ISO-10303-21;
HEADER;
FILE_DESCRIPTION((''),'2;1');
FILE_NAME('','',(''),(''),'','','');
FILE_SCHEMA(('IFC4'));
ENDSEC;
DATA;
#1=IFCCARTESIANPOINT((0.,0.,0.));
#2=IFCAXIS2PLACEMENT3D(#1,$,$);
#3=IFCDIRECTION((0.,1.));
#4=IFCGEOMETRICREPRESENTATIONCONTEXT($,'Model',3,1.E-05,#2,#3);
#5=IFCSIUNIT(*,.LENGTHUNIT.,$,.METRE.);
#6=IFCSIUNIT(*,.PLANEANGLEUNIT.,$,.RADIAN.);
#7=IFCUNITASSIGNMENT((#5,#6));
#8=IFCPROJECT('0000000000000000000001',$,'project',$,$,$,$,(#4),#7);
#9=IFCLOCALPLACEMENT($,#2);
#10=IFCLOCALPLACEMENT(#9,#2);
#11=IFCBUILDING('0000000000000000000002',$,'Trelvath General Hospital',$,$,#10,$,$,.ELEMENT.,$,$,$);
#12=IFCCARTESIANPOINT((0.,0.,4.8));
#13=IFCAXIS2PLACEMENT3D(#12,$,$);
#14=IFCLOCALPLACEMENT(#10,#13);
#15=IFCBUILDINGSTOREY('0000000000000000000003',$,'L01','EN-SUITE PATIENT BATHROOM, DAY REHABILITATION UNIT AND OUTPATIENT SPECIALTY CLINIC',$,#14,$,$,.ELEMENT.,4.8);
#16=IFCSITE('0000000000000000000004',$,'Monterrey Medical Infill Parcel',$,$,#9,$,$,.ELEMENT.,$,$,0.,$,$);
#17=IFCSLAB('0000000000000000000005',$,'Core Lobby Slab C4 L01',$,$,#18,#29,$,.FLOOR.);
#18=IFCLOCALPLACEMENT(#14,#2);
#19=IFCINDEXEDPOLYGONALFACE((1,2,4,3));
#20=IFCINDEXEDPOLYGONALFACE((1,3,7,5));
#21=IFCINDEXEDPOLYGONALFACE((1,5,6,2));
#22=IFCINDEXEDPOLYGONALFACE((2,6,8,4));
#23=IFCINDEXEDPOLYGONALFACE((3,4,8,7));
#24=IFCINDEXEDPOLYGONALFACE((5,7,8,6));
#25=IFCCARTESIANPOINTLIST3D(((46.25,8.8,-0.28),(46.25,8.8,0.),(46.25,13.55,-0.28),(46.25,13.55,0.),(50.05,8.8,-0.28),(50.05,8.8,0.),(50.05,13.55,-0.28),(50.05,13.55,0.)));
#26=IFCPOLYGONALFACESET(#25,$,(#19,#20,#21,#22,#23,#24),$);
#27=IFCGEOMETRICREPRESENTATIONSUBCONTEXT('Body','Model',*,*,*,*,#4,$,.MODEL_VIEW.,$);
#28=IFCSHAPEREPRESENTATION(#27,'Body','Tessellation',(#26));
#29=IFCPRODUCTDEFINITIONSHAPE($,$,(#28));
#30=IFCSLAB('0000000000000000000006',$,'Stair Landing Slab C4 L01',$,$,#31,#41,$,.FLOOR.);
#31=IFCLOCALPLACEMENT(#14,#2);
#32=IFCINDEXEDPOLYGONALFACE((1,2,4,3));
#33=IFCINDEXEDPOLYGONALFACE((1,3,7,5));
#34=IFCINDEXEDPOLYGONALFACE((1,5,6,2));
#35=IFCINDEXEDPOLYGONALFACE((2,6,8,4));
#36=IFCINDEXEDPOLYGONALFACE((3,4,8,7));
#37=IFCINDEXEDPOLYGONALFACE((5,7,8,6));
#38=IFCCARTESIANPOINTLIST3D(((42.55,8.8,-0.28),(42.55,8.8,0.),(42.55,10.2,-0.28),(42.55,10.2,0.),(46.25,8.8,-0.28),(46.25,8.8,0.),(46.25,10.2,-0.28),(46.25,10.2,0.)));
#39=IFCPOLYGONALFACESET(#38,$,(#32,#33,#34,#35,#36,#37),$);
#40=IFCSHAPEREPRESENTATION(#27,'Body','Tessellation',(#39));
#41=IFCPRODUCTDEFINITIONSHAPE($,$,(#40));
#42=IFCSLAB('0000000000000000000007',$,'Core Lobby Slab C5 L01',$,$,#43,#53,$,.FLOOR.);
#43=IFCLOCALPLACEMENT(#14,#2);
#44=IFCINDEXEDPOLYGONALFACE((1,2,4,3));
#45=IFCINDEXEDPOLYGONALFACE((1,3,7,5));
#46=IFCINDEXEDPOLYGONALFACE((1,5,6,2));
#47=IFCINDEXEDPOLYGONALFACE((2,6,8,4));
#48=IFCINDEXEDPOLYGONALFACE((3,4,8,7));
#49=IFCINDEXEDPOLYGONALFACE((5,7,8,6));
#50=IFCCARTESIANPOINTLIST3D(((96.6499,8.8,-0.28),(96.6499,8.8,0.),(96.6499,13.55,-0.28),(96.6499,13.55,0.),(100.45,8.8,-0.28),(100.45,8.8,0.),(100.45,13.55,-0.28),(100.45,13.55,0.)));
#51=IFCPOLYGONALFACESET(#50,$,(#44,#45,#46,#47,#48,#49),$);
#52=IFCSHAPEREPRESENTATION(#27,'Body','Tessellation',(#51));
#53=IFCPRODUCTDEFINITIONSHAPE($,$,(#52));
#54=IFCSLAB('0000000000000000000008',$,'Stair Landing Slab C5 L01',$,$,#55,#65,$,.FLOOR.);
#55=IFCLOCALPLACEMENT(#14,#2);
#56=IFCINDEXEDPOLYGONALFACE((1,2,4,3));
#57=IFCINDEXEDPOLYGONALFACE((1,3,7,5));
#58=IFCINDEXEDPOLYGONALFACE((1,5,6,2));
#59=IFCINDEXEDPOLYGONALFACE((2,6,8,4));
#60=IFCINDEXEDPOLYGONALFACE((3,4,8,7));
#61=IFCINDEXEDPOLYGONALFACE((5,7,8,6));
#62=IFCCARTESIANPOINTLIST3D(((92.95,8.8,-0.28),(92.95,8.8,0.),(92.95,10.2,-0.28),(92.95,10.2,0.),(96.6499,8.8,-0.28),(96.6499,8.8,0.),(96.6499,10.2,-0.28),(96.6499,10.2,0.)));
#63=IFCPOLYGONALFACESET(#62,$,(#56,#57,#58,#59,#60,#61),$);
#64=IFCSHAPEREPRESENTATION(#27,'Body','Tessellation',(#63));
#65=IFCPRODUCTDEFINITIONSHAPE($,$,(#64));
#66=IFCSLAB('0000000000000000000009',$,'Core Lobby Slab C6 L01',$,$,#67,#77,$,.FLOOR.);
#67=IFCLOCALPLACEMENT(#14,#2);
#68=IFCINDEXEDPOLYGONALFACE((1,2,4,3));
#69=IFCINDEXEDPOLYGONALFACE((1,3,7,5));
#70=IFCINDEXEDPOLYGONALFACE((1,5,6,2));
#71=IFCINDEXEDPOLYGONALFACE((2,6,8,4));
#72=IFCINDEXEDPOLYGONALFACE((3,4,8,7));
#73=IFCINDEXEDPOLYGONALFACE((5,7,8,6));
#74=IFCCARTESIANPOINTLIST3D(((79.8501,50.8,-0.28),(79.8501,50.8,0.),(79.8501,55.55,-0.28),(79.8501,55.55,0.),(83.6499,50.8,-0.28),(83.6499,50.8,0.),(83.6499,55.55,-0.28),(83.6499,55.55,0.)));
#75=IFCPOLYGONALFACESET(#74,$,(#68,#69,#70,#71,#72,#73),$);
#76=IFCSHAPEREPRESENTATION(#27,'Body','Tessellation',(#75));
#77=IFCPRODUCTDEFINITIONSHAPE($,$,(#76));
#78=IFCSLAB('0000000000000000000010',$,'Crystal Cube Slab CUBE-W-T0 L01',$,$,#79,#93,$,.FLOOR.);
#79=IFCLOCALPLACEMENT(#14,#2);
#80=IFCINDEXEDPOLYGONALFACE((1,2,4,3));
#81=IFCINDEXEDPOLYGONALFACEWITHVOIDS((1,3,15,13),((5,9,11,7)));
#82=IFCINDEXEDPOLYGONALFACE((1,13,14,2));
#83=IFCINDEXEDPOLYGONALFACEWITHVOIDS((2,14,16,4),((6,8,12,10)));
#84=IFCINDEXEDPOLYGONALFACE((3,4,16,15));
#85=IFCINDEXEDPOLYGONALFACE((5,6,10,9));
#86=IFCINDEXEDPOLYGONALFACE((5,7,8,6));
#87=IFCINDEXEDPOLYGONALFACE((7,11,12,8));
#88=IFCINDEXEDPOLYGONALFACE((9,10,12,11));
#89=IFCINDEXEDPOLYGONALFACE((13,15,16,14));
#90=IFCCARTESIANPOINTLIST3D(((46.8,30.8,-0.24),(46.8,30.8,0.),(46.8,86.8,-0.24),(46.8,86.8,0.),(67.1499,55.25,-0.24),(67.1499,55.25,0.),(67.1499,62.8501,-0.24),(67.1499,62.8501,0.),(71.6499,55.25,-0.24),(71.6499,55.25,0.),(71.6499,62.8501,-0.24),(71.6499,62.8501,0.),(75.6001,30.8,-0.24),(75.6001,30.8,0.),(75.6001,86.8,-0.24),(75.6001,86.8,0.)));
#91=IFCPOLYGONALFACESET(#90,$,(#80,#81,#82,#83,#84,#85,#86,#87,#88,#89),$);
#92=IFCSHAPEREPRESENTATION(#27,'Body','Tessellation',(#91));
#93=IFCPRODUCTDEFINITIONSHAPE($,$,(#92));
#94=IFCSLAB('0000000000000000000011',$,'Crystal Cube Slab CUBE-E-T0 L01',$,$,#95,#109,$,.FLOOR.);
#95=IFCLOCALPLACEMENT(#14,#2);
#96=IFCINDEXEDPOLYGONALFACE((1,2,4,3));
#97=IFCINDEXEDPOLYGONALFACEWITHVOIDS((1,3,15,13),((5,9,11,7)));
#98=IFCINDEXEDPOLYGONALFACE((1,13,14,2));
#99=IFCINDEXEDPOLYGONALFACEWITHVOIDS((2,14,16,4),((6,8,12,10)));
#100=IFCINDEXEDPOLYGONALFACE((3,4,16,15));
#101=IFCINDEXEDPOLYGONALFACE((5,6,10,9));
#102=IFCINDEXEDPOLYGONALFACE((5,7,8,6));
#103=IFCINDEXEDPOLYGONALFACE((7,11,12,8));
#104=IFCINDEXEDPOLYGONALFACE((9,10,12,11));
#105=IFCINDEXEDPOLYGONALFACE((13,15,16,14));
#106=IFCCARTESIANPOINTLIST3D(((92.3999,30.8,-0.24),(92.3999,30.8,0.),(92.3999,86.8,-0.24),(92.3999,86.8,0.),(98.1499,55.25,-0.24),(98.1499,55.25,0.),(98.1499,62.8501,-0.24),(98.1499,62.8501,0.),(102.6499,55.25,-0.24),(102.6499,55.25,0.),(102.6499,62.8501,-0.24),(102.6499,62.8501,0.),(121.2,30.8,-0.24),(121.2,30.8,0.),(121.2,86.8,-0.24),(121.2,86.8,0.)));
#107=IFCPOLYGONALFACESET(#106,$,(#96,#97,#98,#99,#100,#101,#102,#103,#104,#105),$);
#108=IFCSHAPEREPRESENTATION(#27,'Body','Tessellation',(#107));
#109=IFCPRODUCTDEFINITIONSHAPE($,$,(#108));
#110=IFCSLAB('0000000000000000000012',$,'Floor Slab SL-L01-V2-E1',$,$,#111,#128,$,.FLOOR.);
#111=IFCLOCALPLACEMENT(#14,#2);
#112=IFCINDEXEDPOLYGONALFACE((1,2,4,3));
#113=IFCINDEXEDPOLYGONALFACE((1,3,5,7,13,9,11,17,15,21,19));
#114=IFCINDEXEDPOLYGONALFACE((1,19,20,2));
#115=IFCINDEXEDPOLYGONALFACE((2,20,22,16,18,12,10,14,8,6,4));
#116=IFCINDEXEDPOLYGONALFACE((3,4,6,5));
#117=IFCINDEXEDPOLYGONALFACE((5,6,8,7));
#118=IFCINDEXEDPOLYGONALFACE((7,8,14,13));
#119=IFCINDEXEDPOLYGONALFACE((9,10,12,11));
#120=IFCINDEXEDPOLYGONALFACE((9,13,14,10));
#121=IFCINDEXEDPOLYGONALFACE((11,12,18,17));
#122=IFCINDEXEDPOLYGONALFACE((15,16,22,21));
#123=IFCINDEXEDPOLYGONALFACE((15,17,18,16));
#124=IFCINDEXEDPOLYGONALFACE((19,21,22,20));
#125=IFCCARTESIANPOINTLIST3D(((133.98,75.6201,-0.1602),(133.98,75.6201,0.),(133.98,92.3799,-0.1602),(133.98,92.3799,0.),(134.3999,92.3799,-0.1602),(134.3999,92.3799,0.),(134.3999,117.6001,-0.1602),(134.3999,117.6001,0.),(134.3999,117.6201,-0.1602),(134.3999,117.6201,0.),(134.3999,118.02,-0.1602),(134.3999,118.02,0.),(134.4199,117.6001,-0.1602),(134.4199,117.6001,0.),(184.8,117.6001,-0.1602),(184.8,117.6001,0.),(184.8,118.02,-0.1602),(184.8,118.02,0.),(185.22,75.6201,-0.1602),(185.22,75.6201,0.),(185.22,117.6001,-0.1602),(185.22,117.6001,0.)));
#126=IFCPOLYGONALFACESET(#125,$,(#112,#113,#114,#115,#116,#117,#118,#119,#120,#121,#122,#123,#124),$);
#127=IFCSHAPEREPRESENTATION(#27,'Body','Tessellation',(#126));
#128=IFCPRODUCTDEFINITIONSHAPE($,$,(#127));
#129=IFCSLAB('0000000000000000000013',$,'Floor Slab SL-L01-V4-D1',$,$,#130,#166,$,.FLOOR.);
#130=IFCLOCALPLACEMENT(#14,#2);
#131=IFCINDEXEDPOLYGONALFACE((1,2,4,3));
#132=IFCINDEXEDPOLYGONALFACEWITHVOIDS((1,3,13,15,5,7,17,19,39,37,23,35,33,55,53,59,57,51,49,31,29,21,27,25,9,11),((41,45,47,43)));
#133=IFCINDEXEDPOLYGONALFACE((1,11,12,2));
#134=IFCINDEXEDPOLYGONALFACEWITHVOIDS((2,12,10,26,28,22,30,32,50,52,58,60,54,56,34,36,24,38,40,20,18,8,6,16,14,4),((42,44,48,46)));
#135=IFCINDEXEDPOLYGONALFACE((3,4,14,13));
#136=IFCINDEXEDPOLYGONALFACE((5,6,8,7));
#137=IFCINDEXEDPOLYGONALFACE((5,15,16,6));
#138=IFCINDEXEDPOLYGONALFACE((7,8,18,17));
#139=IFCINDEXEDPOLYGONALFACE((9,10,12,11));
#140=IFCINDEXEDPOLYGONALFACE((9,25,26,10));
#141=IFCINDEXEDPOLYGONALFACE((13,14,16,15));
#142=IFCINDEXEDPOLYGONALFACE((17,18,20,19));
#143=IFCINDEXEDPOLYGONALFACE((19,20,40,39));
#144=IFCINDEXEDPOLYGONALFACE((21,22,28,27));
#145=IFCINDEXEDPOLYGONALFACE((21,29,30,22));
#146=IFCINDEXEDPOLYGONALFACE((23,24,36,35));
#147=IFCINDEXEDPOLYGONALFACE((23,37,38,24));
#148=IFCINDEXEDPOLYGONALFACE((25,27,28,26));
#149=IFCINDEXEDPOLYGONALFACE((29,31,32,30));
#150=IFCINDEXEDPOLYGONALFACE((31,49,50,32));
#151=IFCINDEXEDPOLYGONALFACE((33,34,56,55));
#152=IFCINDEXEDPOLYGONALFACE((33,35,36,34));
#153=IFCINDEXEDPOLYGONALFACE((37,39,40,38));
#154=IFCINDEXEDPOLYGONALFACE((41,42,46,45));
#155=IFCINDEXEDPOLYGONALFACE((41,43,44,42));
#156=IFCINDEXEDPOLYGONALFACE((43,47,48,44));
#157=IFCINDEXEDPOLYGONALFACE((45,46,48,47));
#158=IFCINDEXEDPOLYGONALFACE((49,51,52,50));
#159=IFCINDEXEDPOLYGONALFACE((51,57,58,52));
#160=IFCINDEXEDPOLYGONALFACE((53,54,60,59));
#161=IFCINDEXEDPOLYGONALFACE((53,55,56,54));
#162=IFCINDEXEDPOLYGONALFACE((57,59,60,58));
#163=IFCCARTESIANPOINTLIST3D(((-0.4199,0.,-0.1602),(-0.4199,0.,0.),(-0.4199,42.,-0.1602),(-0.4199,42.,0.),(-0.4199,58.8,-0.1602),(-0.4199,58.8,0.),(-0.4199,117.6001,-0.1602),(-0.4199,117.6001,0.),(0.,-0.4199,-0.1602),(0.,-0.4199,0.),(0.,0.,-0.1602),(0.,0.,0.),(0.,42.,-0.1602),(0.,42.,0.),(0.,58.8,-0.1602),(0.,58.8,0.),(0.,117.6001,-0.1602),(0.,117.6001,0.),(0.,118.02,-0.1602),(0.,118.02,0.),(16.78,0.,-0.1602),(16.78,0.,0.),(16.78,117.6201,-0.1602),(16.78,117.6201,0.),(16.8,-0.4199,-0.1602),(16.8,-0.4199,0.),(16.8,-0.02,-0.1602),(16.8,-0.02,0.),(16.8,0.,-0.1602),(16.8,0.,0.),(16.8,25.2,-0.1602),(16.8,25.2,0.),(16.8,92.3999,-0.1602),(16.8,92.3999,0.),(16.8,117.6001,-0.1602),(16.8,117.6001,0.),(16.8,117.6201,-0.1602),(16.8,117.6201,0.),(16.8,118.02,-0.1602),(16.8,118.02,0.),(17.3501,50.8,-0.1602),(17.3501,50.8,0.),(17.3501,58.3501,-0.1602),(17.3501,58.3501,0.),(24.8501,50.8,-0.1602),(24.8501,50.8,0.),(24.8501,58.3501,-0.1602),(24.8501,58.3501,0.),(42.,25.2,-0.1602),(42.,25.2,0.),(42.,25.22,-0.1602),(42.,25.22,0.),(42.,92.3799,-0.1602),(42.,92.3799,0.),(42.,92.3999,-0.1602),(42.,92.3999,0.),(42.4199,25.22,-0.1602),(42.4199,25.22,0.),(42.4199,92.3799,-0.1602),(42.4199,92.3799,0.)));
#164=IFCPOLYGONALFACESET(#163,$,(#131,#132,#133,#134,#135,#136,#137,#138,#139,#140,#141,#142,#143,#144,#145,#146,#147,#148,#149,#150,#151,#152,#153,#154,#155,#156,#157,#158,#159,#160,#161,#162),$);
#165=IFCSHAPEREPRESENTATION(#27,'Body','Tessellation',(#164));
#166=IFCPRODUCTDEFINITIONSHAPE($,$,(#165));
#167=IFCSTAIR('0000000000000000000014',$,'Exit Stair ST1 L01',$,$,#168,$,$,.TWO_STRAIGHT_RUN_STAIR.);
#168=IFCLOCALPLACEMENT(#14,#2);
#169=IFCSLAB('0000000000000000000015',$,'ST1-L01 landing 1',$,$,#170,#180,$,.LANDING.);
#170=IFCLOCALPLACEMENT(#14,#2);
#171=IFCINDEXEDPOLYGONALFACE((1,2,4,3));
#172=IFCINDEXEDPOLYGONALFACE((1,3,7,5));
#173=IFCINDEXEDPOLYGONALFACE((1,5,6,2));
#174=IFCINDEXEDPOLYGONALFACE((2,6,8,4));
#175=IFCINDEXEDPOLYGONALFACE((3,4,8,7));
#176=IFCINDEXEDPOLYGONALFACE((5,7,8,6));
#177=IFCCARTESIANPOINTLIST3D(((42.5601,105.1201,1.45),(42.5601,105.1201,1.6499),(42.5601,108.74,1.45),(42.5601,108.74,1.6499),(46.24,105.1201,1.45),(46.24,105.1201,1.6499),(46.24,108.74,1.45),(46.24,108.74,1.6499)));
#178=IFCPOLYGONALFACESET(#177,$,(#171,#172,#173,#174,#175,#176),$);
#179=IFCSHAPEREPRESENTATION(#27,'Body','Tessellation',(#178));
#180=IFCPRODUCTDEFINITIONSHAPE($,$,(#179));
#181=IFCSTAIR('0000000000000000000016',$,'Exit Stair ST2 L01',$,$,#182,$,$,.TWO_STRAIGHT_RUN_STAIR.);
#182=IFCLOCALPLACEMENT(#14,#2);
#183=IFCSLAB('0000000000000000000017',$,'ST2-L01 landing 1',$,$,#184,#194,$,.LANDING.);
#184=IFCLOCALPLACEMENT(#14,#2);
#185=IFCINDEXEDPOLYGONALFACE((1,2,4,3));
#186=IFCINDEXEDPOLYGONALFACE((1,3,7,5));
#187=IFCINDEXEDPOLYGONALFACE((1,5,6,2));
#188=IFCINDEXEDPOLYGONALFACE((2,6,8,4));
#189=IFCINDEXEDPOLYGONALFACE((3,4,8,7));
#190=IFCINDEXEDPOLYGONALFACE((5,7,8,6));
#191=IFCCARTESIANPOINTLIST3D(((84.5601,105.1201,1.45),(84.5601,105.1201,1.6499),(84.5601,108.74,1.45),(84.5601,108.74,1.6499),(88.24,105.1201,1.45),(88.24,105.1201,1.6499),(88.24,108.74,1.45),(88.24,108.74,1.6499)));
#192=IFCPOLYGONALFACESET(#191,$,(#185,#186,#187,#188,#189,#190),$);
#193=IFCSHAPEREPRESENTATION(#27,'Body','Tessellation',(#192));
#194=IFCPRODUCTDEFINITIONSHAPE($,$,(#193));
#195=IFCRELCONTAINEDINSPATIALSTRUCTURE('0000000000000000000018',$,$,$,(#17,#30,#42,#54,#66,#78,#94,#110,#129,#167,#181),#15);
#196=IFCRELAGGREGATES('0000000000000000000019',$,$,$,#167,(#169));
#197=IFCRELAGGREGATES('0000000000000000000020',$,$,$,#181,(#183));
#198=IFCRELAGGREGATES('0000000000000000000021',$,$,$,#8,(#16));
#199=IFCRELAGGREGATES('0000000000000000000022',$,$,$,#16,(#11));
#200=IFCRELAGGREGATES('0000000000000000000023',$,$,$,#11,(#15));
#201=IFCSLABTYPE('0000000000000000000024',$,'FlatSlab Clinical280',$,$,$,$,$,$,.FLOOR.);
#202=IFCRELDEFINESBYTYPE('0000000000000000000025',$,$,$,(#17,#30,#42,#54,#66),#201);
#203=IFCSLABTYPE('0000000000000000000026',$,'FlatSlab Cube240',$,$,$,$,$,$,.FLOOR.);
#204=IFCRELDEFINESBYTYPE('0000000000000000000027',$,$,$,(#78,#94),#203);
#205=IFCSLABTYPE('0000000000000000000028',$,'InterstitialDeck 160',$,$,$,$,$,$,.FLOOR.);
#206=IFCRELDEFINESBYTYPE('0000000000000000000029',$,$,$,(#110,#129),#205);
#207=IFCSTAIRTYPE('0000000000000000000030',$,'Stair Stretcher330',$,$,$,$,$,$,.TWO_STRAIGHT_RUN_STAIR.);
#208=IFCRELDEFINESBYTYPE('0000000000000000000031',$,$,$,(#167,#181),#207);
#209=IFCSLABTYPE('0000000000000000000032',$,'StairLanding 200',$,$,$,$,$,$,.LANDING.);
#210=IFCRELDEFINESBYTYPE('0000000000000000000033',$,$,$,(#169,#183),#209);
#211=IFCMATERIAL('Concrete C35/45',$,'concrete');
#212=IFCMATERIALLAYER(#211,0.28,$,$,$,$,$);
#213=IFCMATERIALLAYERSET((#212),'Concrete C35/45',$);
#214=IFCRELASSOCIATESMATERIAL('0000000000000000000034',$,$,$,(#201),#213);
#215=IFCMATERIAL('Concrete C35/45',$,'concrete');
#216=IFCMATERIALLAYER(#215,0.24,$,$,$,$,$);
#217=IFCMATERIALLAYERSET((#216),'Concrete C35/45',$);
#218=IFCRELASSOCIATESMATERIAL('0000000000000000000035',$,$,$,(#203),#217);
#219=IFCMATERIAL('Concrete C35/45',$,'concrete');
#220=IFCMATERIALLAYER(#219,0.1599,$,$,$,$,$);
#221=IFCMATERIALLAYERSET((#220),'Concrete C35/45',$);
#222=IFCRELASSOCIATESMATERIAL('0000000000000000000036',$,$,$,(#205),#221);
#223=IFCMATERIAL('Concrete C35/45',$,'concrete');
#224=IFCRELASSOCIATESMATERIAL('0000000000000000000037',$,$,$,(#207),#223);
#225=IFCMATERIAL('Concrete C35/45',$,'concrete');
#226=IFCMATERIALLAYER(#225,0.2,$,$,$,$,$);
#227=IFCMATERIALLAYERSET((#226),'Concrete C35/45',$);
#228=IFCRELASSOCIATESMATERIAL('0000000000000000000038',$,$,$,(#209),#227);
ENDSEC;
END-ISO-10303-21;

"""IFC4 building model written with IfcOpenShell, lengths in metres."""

from ifc_helpers import new_model, si_unit, direction, frame, origin, place, context, subcontext, project, spatial, polyline, outline, extrude, material, layer, layer_set, type_object, element, aggregate, save


model = new_model("IFC4")

# Units and contexts
model_context = context("Model", 3, precision=1e-05, world=origin(), true_north=direction((0.0, 1.0)))
body_context = subcontext(model_context, "Body", "Model", "MODEL_VIEW")
ifc_project = project(units=[si_unit("LENGTHUNIT", "METRE"), si_unit("PLANEANGLEUNIT", "RADIAN")], contexts=[model_context])

# Site, building, storey
site_placement = place(None, origin())
site = spatial("IfcSite", under=ifc_project, at=site_placement, Name="Monterrey Medical Infill Parcel", CompositionType="ELEMENT", RefElevation=0.0)
building_placement = place(site_placement, origin())
building = spatial("IfcBuilding", under=site, at=building_placement, Name="Trelvath General Hospital", CompositionType="ELEMENT")
storey_placement = place(building_placement, frame((0.0, 0.0, 4.8)))
storey = spatial("IfcBuildingStorey", under=building, at=storey_placement, Name="L01", Description="EN-SUITE PATIENT BATHROOM, DAY REHABILITATION UNIT AND OUTPATIENT SPECIALTY CLINIC", CompositionType="ELEMENT", Elevation=4.8)

# Slabs
ifc_material_1 = material(Name="Concrete C35/45", Category="concrete")
ifc_layer_1 = layer(ifc_material_1, 0.28)
ifc_layer_set_1 = layer_set([ifc_layer_1], Name="Concrete C35/45")
slab_type_1 = type_object("IfcSlabType", Name="FlatSlab Clinical280", PredefinedType="FLOOR", material=ifc_layer_set_1)
slab_1_placement = place(storey_placement, frame((0.0, 0.0, -0.28)))
element("IfcSlab", 1, at=slab_1_placement, inside=storey, type_object=slab_type_1, Name="Core Lobby Slab C4 L01", PredefinedType="FLOOR", context=body_context, shape_type="SweptSolid", body=[
    extrude(outline(polyline([(46.25, 8.8), (50.05, 8.8), (50.05, 13.55), (46.25, 13.55), (46.25, 8.8)])), origin(), (0.0, 0.0, 1.0), 0.28),
])
slab_2_placement = place(storey_placement, frame((0.0, 0.0, -0.28)))
element("IfcSlab", 2, at=slab_2_placement, inside=storey, type_object=slab_type_1, Name="Stair Landing Slab C4 L01", PredefinedType="FLOOR", context=body_context, shape_type="SweptSolid", body=[
    extrude(outline(polyline([(42.55, 8.8), (46.25, 8.8), (46.25, 10.2), (42.55, 10.2), (42.55, 8.8)])), origin(), (0.0, 0.0, 1.0), 0.28),
])
slab_3_placement = place(storey_placement, frame((0.0, 0.0, -0.28)))
element("IfcSlab", 3, at=slab_3_placement, inside=storey, type_object=slab_type_1, Name="Core Lobby Slab C5 L01", PredefinedType="FLOOR", context=body_context, shape_type="SweptSolid", body=[
    extrude(outline(polyline([(96.6499, 8.8), (100.45, 8.8), (100.45, 13.55), (96.6499, 13.55), (96.6499, 8.8)])), origin(), (0.0, 0.0, 1.0), 0.28),
])
slab_4_placement = place(storey_placement, frame((0.0, 0.0, -0.28)))
element("IfcSlab", 4, at=slab_4_placement, inside=storey, type_object=slab_type_1, Name="Stair Landing Slab C5 L01", PredefinedType="FLOOR", context=body_context, shape_type="SweptSolid", body=[
    extrude(outline(polyline([(92.95, 8.8), (96.6499, 8.8), (96.6499, 10.2), (92.95, 10.2), (92.95, 8.8)])), origin(), (0.0, 0.0, 1.0), 0.28),
])
slab_5_placement = place(storey_placement, frame((0.0, 0.0, -0.28)))
element("IfcSlab", 5, at=slab_5_placement, inside=storey, type_object=slab_type_1, Name="Core Lobby Slab C6 L01", PredefinedType="FLOOR", context=body_context, shape_type="SweptSolid", body=[
    extrude(outline(polyline([(79.8501, 50.8), (83.6499, 50.8), (83.6499, 55.55), (79.8501, 55.55), (79.8501, 50.8)])), origin(), (0.0, 0.0, 1.0), 0.28),
])
ifc_material_2 = material(Name="Concrete C35/45", Category="concrete")
ifc_layer_2 = layer(ifc_material_2, 0.24)
ifc_layer_set_2 = layer_set([ifc_layer_2], Name="Concrete C35/45")
slab_type_2 = type_object("IfcSlabType", Name="FlatSlab Cube240", PredefinedType="FLOOR", material=ifc_layer_set_2)
slab_6_placement = place(storey_placement, frame((0.0, 0.0, -0.24)))
element("IfcSlab", 6, at=slab_6_placement, inside=storey, type_object=slab_type_2, Name="Crystal Cube Slab CUBE-W-T0 L01", PredefinedType="FLOOR", context=body_context, shape_type="SweptSolid", body=[
    extrude(outline(polyline([(46.8, 30.8), (75.6001, 30.8), (75.6001, 86.8), (46.8, 86.8), (46.8, 30.8)]), holes=[polyline([(67.1499, 55.25), (71.6499, 55.25), (71.6499, 62.8501), (67.1499, 62.8501), (67.1499, 55.25)])]), origin(), (0.0, 0.0, 1.0), 0.24),
])
slab_7_placement = place(storey_placement, frame((0.0, 0.0, -0.24)))
element("IfcSlab", 7, at=slab_7_placement, inside=storey, type_object=slab_type_2, Name="Crystal Cube Slab CUBE-E-T0 L01", PredefinedType="FLOOR", context=body_context, shape_type="SweptSolid", body=[
    extrude(outline(polyline([(92.3999, 30.8), (121.2, 30.8), (121.2, 86.8), (92.3999, 86.8), (92.3999, 30.8)]), holes=[polyline([(98.1499, 55.25), (102.6499, 55.25), (102.6499, 62.8501), (98.1499, 62.8501), (98.1499, 55.25)])]), origin(), (0.0, 0.0, 1.0), 0.24),
])
ifc_material_3 = material(Name="Concrete C35/45", Category="concrete")
ifc_layer_3 = layer(ifc_material_3, 0.1599)
ifc_layer_set_3 = layer_set([ifc_layer_3], Name="Concrete C35/45")
slab_type_3 = type_object("IfcSlabType", Name="InterstitialDeck 160", PredefinedType="FLOOR", material=ifc_layer_set_3)
slab_8_placement = place(storey_placement, frame((0.0, 0.0, -0.1602)))
element("IfcSlab", 8, at=slab_8_placement, inside=storey, type_object=slab_type_3, Name="Floor Slab SL-L01-V2-E1", PredefinedType="FLOOR", context=body_context, shape_type="SweptSolid", body=[
    extrude(outline(polyline([(133.98, 75.6201), (133.98, 92.3799), (134.3999, 92.3799), (134.3999, 117.6001), (134.4199, 117.6001), (134.3999, 117.6201), (134.3999, 118.02), (184.8, 118.02), (184.8, 117.6001), (185.22, 117.6001), (185.22, 75.6201), (133.98, 75.6201)])), origin(), (0.0, 0.0, 1.0), 0.1602),
])
slab_9_placement = place(storey_placement, frame((0.0, 0.0, -0.1602)))
element("IfcSlab", 9, at=slab_9_placement, inside=storey, type_object=slab_type_3, Name="Floor Slab SL-L01-V4-D1", PredefinedType="FLOOR", context=body_context, shape_type="SweptSolid", body=[
    extrude(outline(polyline([(16.8, -0.4199), (0.0, -0.4199), (0.0, 0.0), (-0.4199, 0.0), (-0.4199, 42.0), (0.0, 42.0), (0.0, 58.8), (-0.4199, 58.8), (-0.4199, 117.6001), (0.0, 117.6001), (0.0, 118.02), (16.8, 118.02), (16.8, 117.6201), (16.78, 117.6201), (16.8, 117.6001), (16.8, 92.3999), (42.0, 92.3999), (42.0, 92.3799), (42.4199, 92.3799), (42.4199, 25.22), (42.0, 25.22), (42.0, 25.2), (16.8, 25.2), (16.8, 0.0), (16.78, 0.0), (16.8, -0.02), (16.8, -0.4199)]), holes=[polyline([(17.3501, 50.8), (24.8501, 50.8), (24.8501, 58.3501), (17.3501, 58.3501), (17.3501, 50.8)])]), origin(), (0.0, 0.0, 1.0), 0.1602),
])

# Stairs, slabs
ifc_material_4 = material(Name="Concrete C35/45", Category="concrete")
stair_type = type_object("IfcStairType", Name="Stair Stretcher330", PredefinedType="TWO_STRAIGHT_RUN_STAIR", material=ifc_material_4)
stair_1_placement = place(storey_placement, origin())
stair_1 = element("IfcStair", 10, at=stair_1_placement, inside=storey, type_object=stair_type, Name="Exit Stair ST1 L01", PredefinedType="TWO_STRAIGHT_RUN_STAIR")
ifc_material_5 = material(Name="Concrete C35/45", Category="concrete")
ifc_layer_4 = layer(ifc_material_5, 0.2)
ifc_layer_set_4 = layer_set([ifc_layer_4], Name="Concrete C35/45")
slab_type_4 = type_object("IfcSlabType", Name="StairLanding 200", PredefinedType="LANDING", material=ifc_layer_set_4)
slab_10_placement = place(storey_placement, frame((0.0, 0.0, 1.45)))
slab_10 = element("IfcSlab", 11, at=slab_10_placement, type_object=slab_type_4, Name="ST1-L01 landing 1", PredefinedType="LANDING", context=body_context, shape_type="SweptSolid", body=[
    extrude(outline(polyline([(42.5601, 105.1201), (46.24, 105.1201), (46.24, 108.74), (42.5601, 108.74), (42.5601, 105.1201)])), origin(), (0.0, 0.0, 1.0), 0.2),
])
aggregate(stair_1, [slab_10])
stair_2_placement = place(storey_placement, origin())
stair_2 = element("IfcStair", 12, at=stair_2_placement, inside=storey, type_object=stair_type, Name="Exit Stair ST2 L01", PredefinedType="TWO_STRAIGHT_RUN_STAIR")
slab_11_placement = place(storey_placement, frame((0.0, 0.0, 1.45)))
slab_11 = element("IfcSlab", 13, at=slab_11_placement, type_object=slab_type_4, Name="ST2-L01 landing 1", PredefinedType="LANDING", context=body_context, shape_type="SweptSolid", body=[
    extrude(outline(polyline([(84.5601, 105.1201), (88.24, 105.1201), (88.24, 108.74), (84.5601, 108.74), (84.5601, 105.1201)])), origin(), (0.0, 0.0, 1.0), 0.2),
])
aggregate(stair_2, [slab_11])

save(model, "model.ifc")
